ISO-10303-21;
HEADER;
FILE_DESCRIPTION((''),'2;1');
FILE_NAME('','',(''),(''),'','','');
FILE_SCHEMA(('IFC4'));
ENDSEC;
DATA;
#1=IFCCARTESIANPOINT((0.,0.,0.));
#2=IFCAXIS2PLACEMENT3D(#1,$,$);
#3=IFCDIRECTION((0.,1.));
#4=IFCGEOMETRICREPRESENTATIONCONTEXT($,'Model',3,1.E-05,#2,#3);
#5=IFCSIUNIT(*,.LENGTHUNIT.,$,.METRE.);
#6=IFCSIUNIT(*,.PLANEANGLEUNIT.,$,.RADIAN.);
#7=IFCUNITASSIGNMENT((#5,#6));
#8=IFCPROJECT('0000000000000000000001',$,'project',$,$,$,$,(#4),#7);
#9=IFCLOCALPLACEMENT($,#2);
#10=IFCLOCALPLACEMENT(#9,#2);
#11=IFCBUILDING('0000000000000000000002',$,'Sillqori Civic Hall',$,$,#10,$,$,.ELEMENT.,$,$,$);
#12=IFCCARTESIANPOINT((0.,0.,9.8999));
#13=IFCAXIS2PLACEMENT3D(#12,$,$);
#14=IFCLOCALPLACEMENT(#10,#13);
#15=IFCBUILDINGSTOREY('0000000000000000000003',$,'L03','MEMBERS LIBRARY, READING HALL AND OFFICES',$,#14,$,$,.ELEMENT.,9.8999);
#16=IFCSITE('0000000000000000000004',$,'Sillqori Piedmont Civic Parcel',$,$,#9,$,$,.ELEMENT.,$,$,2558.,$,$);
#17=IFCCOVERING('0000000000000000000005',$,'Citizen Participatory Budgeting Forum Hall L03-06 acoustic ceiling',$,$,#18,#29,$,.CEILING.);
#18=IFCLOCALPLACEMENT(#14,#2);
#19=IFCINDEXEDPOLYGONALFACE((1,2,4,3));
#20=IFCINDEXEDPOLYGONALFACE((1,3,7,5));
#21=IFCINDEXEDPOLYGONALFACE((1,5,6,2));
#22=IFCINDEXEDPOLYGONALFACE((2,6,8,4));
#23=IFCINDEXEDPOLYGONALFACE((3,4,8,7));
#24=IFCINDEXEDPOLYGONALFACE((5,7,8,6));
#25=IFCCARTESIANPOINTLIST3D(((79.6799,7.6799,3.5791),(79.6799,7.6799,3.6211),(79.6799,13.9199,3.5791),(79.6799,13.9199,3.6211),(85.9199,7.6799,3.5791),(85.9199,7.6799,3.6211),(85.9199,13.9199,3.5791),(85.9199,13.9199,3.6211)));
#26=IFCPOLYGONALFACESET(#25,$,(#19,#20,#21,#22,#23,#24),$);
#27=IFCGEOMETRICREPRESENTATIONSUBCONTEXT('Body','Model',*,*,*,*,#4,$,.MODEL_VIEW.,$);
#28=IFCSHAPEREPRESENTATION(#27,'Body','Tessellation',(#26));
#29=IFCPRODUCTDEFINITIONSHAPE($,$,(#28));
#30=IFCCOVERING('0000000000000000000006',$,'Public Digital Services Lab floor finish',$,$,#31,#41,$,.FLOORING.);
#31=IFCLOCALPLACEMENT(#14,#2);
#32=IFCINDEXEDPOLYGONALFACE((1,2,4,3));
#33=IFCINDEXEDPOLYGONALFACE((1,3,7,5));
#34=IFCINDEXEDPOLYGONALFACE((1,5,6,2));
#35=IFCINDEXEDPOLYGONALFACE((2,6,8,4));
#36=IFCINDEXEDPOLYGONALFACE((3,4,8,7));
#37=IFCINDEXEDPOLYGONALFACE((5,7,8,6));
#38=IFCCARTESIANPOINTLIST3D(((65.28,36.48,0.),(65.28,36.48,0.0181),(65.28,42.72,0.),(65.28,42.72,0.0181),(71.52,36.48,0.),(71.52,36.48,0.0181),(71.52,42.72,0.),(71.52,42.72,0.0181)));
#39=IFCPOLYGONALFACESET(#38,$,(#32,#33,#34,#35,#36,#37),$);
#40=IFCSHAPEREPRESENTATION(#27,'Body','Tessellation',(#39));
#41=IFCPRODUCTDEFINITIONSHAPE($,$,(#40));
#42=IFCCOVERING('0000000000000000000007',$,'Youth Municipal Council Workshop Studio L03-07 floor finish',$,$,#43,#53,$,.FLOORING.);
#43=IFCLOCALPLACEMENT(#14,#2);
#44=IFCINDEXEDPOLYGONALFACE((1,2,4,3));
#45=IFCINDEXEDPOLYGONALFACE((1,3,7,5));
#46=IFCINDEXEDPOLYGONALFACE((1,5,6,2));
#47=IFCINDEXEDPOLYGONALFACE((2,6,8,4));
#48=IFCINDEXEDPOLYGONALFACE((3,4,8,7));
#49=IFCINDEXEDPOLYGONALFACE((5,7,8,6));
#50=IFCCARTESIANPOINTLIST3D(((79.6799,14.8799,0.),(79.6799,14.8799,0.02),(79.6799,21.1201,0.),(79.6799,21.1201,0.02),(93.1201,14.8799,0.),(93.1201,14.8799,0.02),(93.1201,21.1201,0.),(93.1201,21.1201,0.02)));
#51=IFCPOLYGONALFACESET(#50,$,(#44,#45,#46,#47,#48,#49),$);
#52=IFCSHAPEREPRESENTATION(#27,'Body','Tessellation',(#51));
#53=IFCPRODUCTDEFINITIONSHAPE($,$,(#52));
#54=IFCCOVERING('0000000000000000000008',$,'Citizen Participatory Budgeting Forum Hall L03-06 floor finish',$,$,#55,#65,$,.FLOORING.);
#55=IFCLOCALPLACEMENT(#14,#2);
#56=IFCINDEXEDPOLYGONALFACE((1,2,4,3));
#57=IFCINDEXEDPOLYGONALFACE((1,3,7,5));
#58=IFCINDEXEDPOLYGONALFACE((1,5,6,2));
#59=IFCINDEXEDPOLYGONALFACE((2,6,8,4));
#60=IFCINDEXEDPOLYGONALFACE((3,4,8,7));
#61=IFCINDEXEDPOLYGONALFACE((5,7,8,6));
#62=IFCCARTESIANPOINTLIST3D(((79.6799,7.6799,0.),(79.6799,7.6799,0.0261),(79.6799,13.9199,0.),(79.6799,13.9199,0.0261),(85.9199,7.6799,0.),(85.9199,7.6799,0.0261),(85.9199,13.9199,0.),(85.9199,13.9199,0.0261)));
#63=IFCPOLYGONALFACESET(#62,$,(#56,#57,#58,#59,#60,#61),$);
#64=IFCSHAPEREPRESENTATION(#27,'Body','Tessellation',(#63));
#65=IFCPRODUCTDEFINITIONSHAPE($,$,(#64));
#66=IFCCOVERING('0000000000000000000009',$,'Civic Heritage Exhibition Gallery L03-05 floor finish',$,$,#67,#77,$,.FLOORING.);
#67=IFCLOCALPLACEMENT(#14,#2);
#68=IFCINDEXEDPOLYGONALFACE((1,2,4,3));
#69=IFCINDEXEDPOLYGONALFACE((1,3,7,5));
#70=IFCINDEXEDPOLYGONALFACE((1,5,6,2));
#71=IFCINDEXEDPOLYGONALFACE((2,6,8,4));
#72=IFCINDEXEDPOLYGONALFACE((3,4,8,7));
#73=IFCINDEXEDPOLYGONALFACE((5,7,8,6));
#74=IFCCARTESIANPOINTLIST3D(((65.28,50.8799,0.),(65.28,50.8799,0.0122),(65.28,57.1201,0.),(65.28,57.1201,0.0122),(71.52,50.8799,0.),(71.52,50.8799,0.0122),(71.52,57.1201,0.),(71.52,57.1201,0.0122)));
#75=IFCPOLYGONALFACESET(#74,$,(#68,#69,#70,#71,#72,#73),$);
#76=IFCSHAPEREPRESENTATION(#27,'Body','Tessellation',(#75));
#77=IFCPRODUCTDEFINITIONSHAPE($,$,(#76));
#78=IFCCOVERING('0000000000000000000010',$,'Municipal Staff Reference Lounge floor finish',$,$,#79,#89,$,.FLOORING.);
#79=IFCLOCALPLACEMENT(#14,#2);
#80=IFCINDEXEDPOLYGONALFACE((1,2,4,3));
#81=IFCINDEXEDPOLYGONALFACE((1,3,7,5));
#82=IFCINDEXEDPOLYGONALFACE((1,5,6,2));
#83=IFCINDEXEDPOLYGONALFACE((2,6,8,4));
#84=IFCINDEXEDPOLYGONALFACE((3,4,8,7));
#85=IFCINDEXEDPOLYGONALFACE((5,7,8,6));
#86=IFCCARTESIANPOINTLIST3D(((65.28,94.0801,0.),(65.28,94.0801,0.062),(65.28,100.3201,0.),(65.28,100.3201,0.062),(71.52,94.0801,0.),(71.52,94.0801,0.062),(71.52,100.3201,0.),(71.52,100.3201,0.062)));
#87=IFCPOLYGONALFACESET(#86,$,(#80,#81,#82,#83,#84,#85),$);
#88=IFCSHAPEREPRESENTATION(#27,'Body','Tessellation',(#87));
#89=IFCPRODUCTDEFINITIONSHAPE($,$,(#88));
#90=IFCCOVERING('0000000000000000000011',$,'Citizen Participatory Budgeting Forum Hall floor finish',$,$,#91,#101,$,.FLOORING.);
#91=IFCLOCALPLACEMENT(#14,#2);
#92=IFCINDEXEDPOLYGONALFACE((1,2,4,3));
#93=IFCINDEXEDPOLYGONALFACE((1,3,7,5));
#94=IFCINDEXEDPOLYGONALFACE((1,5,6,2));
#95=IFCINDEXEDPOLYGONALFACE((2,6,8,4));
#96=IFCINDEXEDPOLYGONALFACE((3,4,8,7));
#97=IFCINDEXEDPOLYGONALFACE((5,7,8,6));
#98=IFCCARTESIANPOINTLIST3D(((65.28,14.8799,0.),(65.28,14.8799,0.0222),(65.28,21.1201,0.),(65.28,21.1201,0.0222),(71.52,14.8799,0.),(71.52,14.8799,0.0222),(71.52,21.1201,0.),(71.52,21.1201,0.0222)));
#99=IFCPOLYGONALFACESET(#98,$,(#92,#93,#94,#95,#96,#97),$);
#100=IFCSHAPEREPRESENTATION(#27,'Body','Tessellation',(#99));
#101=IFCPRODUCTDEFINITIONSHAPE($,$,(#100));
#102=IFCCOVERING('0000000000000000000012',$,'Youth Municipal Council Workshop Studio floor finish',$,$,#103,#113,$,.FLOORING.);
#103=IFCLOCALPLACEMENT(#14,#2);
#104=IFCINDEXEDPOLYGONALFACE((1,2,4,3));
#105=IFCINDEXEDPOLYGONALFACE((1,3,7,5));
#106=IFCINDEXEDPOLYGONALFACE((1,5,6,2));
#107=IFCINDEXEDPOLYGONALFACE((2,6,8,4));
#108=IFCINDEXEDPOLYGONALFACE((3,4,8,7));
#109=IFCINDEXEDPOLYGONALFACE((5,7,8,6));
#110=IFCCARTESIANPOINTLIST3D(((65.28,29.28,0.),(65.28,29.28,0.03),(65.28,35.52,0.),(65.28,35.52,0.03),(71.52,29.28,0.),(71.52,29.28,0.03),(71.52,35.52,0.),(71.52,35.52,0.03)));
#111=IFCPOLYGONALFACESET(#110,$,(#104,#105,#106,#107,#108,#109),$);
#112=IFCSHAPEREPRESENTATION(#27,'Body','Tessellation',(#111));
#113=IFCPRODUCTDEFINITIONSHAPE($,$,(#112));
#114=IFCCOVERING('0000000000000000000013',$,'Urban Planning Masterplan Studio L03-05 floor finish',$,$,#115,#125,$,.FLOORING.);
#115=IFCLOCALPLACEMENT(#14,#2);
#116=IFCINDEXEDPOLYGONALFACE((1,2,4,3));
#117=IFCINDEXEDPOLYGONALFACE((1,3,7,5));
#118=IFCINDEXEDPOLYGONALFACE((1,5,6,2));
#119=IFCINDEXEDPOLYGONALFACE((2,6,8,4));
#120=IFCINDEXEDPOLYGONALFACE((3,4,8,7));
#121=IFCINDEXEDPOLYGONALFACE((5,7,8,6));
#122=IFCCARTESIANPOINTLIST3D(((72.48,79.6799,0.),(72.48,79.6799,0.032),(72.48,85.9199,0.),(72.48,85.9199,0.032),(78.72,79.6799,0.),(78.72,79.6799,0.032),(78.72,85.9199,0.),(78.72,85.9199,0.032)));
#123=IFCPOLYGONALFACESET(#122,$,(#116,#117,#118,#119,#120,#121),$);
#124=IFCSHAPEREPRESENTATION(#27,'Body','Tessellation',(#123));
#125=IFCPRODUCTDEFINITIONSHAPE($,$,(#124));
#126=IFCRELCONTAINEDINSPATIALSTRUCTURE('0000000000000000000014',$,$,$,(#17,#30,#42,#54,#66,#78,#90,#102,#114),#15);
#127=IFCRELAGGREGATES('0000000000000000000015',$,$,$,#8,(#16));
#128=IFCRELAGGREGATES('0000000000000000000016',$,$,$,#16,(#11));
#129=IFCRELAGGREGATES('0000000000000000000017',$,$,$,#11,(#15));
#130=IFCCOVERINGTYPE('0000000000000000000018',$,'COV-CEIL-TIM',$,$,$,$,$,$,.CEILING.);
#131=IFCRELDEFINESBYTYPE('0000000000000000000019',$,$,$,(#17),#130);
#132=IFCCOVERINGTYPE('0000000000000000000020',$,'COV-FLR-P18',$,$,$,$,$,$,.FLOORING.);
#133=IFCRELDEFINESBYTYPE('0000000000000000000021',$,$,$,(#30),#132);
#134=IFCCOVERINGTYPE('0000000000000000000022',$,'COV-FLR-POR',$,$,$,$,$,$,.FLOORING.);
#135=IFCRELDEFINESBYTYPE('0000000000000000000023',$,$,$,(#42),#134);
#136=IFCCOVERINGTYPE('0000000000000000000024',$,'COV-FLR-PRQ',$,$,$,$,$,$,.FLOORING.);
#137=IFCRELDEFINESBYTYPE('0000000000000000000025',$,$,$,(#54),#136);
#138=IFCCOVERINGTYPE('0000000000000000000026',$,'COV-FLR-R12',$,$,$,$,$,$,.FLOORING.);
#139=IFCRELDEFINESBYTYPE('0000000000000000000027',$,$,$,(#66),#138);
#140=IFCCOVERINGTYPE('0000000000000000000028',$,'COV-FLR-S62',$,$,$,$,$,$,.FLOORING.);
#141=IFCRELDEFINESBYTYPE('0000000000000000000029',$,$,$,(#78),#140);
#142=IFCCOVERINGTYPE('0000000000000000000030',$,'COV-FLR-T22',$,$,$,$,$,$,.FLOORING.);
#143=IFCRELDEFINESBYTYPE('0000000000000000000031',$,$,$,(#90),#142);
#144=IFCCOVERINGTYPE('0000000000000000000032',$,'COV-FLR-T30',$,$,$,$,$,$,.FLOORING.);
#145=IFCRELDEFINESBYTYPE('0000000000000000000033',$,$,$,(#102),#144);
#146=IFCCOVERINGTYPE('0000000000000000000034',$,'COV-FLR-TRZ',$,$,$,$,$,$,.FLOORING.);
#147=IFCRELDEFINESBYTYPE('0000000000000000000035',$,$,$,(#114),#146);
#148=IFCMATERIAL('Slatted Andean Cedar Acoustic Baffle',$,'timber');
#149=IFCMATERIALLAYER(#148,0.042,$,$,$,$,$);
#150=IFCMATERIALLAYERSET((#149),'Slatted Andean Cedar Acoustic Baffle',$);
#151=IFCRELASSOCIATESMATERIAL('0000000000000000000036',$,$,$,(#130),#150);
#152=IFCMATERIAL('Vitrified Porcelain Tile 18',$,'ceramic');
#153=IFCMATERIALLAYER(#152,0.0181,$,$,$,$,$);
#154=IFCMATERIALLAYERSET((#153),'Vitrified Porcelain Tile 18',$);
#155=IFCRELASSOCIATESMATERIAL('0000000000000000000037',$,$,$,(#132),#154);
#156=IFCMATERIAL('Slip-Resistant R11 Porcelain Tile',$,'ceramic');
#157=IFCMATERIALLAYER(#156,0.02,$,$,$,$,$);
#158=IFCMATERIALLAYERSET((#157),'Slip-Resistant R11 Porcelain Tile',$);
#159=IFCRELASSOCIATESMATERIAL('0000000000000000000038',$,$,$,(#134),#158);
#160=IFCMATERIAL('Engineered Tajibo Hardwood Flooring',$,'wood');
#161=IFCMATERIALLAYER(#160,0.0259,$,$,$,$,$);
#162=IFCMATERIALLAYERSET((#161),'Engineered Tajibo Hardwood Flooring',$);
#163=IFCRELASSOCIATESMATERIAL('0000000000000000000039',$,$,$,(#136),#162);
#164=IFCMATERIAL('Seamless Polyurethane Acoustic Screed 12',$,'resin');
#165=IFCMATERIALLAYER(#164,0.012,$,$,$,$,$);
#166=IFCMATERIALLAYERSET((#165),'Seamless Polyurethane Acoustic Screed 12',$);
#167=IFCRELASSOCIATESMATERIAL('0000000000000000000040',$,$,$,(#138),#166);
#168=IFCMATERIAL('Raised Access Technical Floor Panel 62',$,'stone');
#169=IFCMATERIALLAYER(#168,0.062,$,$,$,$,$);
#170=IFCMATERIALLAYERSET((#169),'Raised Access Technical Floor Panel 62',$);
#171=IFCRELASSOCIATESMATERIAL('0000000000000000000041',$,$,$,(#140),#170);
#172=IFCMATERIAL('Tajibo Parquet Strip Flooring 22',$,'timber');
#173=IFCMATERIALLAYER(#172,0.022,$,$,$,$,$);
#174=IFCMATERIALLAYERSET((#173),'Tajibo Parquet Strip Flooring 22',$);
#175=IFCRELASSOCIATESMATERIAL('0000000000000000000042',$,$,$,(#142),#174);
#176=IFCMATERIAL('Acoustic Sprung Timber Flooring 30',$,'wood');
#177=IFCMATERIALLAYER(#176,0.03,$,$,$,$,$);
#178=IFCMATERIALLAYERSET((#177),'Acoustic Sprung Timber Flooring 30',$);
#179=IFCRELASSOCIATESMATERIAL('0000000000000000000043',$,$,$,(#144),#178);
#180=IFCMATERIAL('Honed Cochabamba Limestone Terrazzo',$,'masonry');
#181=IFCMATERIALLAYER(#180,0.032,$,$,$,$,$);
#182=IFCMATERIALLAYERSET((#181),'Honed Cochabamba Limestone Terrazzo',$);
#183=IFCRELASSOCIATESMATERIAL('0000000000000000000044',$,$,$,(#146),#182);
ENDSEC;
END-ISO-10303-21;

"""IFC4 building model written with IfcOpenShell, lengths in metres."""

from ifc_helpers import new_model, si_unit, direction, frame, origin, place, context, subcontext, project, spatial, polyline, outline, extrude, material, layer, layer_set, type_object, element, save


model = new_model("IFC4")

# Units and contexts
model_context = context("Model", 3, precision=1e-05, world=origin(), true_north=direction((0.0, 1.0)))
body_context = subcontext(model_context, "Body", "Model", "MODEL_VIEW")
ifc_project = project(units=[si_unit("LENGTHUNIT", "METRE"), si_unit("PLANEANGLEUNIT", "RADIAN")], contexts=[model_context])

# Site, building, storey
site_placement = place(None, origin())
site = spatial("IfcSite", under=ifc_project, at=site_placement, Name="Sillqori Piedmont Civic Parcel", CompositionType="ELEMENT", RefElevation=2558.0)
building_placement = place(site_placement, origin())
building = spatial("IfcBuilding", under=site, at=building_placement, Name="Sillqori Civic Hall", CompositionType="ELEMENT")
storey_placement = place(building_placement, frame((0.0, 0.0, 9.8999)))
storey = spatial("IfcBuildingStorey", under=building, at=storey_placement, Name="L03", Description="MEMBERS LIBRARY, READING HALL AND OFFICES", CompositionType="ELEMENT", Elevation=9.8999)

# Coverings
ifc_material_1 = material(Name="Slatted Andean Cedar Acoustic Baffle", Category="timber")
ifc_layer_1 = layer(ifc_material_1, 0.042)
ifc_layer_set_1 = layer_set([ifc_layer_1], Name="Slatted Andean Cedar Acoustic Baffle")
covering_type_1 = type_object("IfcCoveringType", Name="COV-CEIL-TIM", PredefinedType="CEILING", material=ifc_layer_set_1)
covering_1_placement = place(storey_placement, frame((0.0, 0.0, 3.5791)))
element("IfcCovering", 1, at=covering_1_placement, inside=storey, type_object=covering_type_1, Name="Citizen Participatory Budgeting Forum Hall L03-06 acoustic ceiling", PredefinedType="CEILING", context=body_context, shape_type="SweptSolid", body=[
    extrude(outline(polyline([(79.6799, 7.6799), (85.9199, 7.6799), (85.9199, 13.9199), (79.6799, 13.9199), (79.6799, 7.6799)])), origin(), (0.0, 0.0, 1.0), 0.042),
])
ifc_material_2 = material(Name="Vitrified Porcelain Tile 18", Category="ceramic")
ifc_layer_2 = layer(ifc_material_2, 0.0181)
ifc_layer_set_2 = layer_set([ifc_layer_2], Name="Vitrified Porcelain Tile 18")
covering_type_2 = type_object("IfcCoveringType", Name="COV-FLR-P18", PredefinedType="FLOORING", material=ifc_layer_set_2)
covering_2_placement = place(storey_placement, origin())
element("IfcCovering", 2, at=covering_2_placement, inside=storey, type_object=covering_type_2, Name="Public Digital Services Lab floor finish", PredefinedType="FLOORING", context=body_context, shape_type="SweptSolid", body=[
    extrude(outline(polyline([(65.28, 36.48), (71.52, 36.48), (71.52, 42.72), (65.28, 42.72), (65.28, 36.48)])), origin(), (0.0, 0.0, 1.0), 0.0181),
])
ifc_material_3 = material(Name="Slip-Resistant R11 Porcelain Tile", Category="ceramic")
ifc_layer_3 = layer(ifc_material_3, 0.02)
ifc_layer_set_3 = layer_set([ifc_layer_3], Name="Slip-Resistant R11 Porcelain Tile")
covering_type_3 = type_object("IfcCoveringType", Name="COV-FLR-POR", PredefinedType="FLOORING", material=ifc_layer_set_3)
covering_3_placement = place(storey_placement, origin())
element("IfcCovering", 3, at=covering_3_placement, inside=storey, type_object=covering_type_3, Name="Youth Municipal Council Workshop Studio L03-07 floor finish", PredefinedType="FLOORING", context=body_context, shape_type="SweptSolid", body=[
    extrude(outline(polyline([(79.6799, 14.8799), (93.1201, 14.8799), (93.1201, 21.1201), (79.6799, 21.1201), (79.6799, 14.8799)])), origin(), (0.0, 0.0, 1.0), 0.02),
])
ifc_material_4 = material(Name="Engineered Tajibo Hardwood Flooring", Category="wood")
ifc_layer_4 = layer(ifc_material_4, 0.0259)
ifc_layer_set_4 = layer_set([ifc_layer_4], Name="Engineered Tajibo Hardwood Flooring")
covering_type_4 = type_object("IfcCoveringType", Name="COV-FLR-PRQ", PredefinedType="FLOORING", material=ifc_layer_set_4)
covering_4_placement = place(storey_placement, origin())
element("IfcCovering", 4, at=covering_4_placement, inside=storey, type_object=covering_type_4, Name="Citizen Participatory Budgeting Forum Hall L03-06 floor finish", PredefinedType="FLOORING", context=body_context, shape_type="SweptSolid", body=[
    extrude(outline(polyline([(79.6799, 7.6799), (85.9199, 7.6799), (85.9199, 13.9199), (79.6799, 13.9199), (79.6799, 7.6799)])), origin(), (0.0, 0.0, 1.0), 0.0261),
])
ifc_material_5 = material(Name="Seamless Polyurethane Acoustic Screed 12", Category="resin")
ifc_layer_5 = layer(ifc_material_5, 0.012)
ifc_layer_set_5 = layer_set([ifc_layer_5], Name="Seamless Polyurethane Acoustic Screed 12")
covering_type_5 = type_object("IfcCoveringType", Name="COV-FLR-R12", PredefinedType="FLOORING", material=ifc_layer_set_5)
covering_5_placement = place(storey_placement, origin())
element("IfcCovering", 5, at=covering_5_placement, inside=storey, type_object=covering_type_5, Name="Civic Heritage Exhibition Gallery L03-05 floor finish", PredefinedType="FLOORING", context=body_context, shape_type="SweptSolid", body=[
    extrude(outline(polyline([(65.28, 50.8799), (71.52, 50.8799), (71.52, 57.1201), (65.28, 57.1201), (65.28, 50.8799)])), origin(), (0.0, 0.0, 1.0), 0.0122),
])
ifc_material_6 = material(Name="Raised Access Technical Floor Panel 62", Category="stone")
ifc_layer_6 = layer(ifc_material_6, 0.062)
ifc_layer_set_6 = layer_set([ifc_layer_6], Name="Raised Access Technical Floor Panel 62")
covering_type_6 = type_object("IfcCoveringType", Name="COV-FLR-S62", PredefinedType="FLOORING", material=ifc_layer_set_6)
covering_6_placement = place(storey_placement, origin())
element("IfcCovering", 6, at=covering_6_placement, inside=storey, type_object=covering_type_6, Name="Municipal Staff Reference Lounge floor finish", PredefinedType="FLOORING", context=body_context, shape_type="SweptSolid", body=[
    extrude(outline(polyline([(65.28, 94.0801), (71.52, 94.0801), (71.52, 100.3201), (65.28, 100.3201), (65.28, 94.0801)])), origin(), (0.0, 0.0, 1.0), 0.062),
])
ifc_material_7 = material(Name="Tajibo Parquet Strip Flooring 22", Category="timber")
ifc_layer_7 = layer(ifc_material_7, 0.022)
ifc_layer_set_7 = layer_set([ifc_layer_7], Name="Tajibo Parquet Strip Flooring 22")
covering_type_7 = type_object("IfcCoveringType", Name="COV-FLR-T22", PredefinedType="FLOORING", material=ifc_layer_set_7)
covering_7_placement = place(storey_placement, origin())
element("IfcCovering", 7, at=covering_7_placement, inside=storey, type_object=covering_type_7, Name="Citizen Participatory Budgeting Forum Hall floor finish", PredefinedType="FLOORING", context=body_context, shape_type="SweptSolid", body=[
    extrude(outline(polyline([(65.28, 14.8799), (71.52, 14.8799), (71.52, 21.1201), (65.28, 21.1201), (65.28, 14.8799)])), origin(), (0.0, 0.0, 1.0), 0.0222),
])
ifc_material_8 = material(Name="Acoustic Sprung Timber Flooring 30", Category="wood")
ifc_layer_8 = layer(ifc_material_8, 0.03)
ifc_layer_set_8 = layer_set([ifc_layer_8], Name="Acoustic Sprung Timber Flooring 30")
covering_type_8 = type_object("IfcCoveringType", Name="COV-FLR-T30", PredefinedType="FLOORING", material=ifc_layer_set_8)
covering_8_placement = place(storey_placement, origin())
element("IfcCovering", 8, at=covering_8_placement, inside=storey, type_object=covering_type_8, Name="Youth Municipal Council Workshop Studio floor finish", PredefinedType="FLOORING", context=body_context, shape_type="SweptSolid", body=[
    extrude(outline(polyline([(65.28, 29.28), (71.52, 29.28), (71.52, 35.52), (65.28, 35.52), (65.28, 29.28)])), origin(), (0.0, 0.0, 1.0), 0.03),
])
ifc_material_9 = material(Name="Honed Cochabamba Limestone Terrazzo", Category="masonry")
ifc_layer_9 = layer(ifc_material_9, 0.032)
ifc_layer_set_9 = layer_set([ifc_layer_9], Name="Honed Cochabamba Limestone Terrazzo")
covering_type_9 = type_object("IfcCoveringType", Name="COV-FLR-TRZ", PredefinedType="FLOORING", material=ifc_layer_set_9)
covering_9_placement = place(storey_placement, origin())
element("IfcCovering", 9, at=covering_9_placement, inside=storey, type_object=covering_type_9, Name="Urban Planning Masterplan Studio L03-05 floor finish", PredefinedType="FLOORING", context=body_context, shape_type="SweptSolid", body=[
    extrude(outline(polyline([(72.48, 79.6799), (78.72, 79.6799), (78.72, 85.9199), (72.48, 85.9199), (72.48, 79.6799)])), origin(), (0.0, 0.0, 1.0), 0.032),
])

save(model, "model.ifc")
